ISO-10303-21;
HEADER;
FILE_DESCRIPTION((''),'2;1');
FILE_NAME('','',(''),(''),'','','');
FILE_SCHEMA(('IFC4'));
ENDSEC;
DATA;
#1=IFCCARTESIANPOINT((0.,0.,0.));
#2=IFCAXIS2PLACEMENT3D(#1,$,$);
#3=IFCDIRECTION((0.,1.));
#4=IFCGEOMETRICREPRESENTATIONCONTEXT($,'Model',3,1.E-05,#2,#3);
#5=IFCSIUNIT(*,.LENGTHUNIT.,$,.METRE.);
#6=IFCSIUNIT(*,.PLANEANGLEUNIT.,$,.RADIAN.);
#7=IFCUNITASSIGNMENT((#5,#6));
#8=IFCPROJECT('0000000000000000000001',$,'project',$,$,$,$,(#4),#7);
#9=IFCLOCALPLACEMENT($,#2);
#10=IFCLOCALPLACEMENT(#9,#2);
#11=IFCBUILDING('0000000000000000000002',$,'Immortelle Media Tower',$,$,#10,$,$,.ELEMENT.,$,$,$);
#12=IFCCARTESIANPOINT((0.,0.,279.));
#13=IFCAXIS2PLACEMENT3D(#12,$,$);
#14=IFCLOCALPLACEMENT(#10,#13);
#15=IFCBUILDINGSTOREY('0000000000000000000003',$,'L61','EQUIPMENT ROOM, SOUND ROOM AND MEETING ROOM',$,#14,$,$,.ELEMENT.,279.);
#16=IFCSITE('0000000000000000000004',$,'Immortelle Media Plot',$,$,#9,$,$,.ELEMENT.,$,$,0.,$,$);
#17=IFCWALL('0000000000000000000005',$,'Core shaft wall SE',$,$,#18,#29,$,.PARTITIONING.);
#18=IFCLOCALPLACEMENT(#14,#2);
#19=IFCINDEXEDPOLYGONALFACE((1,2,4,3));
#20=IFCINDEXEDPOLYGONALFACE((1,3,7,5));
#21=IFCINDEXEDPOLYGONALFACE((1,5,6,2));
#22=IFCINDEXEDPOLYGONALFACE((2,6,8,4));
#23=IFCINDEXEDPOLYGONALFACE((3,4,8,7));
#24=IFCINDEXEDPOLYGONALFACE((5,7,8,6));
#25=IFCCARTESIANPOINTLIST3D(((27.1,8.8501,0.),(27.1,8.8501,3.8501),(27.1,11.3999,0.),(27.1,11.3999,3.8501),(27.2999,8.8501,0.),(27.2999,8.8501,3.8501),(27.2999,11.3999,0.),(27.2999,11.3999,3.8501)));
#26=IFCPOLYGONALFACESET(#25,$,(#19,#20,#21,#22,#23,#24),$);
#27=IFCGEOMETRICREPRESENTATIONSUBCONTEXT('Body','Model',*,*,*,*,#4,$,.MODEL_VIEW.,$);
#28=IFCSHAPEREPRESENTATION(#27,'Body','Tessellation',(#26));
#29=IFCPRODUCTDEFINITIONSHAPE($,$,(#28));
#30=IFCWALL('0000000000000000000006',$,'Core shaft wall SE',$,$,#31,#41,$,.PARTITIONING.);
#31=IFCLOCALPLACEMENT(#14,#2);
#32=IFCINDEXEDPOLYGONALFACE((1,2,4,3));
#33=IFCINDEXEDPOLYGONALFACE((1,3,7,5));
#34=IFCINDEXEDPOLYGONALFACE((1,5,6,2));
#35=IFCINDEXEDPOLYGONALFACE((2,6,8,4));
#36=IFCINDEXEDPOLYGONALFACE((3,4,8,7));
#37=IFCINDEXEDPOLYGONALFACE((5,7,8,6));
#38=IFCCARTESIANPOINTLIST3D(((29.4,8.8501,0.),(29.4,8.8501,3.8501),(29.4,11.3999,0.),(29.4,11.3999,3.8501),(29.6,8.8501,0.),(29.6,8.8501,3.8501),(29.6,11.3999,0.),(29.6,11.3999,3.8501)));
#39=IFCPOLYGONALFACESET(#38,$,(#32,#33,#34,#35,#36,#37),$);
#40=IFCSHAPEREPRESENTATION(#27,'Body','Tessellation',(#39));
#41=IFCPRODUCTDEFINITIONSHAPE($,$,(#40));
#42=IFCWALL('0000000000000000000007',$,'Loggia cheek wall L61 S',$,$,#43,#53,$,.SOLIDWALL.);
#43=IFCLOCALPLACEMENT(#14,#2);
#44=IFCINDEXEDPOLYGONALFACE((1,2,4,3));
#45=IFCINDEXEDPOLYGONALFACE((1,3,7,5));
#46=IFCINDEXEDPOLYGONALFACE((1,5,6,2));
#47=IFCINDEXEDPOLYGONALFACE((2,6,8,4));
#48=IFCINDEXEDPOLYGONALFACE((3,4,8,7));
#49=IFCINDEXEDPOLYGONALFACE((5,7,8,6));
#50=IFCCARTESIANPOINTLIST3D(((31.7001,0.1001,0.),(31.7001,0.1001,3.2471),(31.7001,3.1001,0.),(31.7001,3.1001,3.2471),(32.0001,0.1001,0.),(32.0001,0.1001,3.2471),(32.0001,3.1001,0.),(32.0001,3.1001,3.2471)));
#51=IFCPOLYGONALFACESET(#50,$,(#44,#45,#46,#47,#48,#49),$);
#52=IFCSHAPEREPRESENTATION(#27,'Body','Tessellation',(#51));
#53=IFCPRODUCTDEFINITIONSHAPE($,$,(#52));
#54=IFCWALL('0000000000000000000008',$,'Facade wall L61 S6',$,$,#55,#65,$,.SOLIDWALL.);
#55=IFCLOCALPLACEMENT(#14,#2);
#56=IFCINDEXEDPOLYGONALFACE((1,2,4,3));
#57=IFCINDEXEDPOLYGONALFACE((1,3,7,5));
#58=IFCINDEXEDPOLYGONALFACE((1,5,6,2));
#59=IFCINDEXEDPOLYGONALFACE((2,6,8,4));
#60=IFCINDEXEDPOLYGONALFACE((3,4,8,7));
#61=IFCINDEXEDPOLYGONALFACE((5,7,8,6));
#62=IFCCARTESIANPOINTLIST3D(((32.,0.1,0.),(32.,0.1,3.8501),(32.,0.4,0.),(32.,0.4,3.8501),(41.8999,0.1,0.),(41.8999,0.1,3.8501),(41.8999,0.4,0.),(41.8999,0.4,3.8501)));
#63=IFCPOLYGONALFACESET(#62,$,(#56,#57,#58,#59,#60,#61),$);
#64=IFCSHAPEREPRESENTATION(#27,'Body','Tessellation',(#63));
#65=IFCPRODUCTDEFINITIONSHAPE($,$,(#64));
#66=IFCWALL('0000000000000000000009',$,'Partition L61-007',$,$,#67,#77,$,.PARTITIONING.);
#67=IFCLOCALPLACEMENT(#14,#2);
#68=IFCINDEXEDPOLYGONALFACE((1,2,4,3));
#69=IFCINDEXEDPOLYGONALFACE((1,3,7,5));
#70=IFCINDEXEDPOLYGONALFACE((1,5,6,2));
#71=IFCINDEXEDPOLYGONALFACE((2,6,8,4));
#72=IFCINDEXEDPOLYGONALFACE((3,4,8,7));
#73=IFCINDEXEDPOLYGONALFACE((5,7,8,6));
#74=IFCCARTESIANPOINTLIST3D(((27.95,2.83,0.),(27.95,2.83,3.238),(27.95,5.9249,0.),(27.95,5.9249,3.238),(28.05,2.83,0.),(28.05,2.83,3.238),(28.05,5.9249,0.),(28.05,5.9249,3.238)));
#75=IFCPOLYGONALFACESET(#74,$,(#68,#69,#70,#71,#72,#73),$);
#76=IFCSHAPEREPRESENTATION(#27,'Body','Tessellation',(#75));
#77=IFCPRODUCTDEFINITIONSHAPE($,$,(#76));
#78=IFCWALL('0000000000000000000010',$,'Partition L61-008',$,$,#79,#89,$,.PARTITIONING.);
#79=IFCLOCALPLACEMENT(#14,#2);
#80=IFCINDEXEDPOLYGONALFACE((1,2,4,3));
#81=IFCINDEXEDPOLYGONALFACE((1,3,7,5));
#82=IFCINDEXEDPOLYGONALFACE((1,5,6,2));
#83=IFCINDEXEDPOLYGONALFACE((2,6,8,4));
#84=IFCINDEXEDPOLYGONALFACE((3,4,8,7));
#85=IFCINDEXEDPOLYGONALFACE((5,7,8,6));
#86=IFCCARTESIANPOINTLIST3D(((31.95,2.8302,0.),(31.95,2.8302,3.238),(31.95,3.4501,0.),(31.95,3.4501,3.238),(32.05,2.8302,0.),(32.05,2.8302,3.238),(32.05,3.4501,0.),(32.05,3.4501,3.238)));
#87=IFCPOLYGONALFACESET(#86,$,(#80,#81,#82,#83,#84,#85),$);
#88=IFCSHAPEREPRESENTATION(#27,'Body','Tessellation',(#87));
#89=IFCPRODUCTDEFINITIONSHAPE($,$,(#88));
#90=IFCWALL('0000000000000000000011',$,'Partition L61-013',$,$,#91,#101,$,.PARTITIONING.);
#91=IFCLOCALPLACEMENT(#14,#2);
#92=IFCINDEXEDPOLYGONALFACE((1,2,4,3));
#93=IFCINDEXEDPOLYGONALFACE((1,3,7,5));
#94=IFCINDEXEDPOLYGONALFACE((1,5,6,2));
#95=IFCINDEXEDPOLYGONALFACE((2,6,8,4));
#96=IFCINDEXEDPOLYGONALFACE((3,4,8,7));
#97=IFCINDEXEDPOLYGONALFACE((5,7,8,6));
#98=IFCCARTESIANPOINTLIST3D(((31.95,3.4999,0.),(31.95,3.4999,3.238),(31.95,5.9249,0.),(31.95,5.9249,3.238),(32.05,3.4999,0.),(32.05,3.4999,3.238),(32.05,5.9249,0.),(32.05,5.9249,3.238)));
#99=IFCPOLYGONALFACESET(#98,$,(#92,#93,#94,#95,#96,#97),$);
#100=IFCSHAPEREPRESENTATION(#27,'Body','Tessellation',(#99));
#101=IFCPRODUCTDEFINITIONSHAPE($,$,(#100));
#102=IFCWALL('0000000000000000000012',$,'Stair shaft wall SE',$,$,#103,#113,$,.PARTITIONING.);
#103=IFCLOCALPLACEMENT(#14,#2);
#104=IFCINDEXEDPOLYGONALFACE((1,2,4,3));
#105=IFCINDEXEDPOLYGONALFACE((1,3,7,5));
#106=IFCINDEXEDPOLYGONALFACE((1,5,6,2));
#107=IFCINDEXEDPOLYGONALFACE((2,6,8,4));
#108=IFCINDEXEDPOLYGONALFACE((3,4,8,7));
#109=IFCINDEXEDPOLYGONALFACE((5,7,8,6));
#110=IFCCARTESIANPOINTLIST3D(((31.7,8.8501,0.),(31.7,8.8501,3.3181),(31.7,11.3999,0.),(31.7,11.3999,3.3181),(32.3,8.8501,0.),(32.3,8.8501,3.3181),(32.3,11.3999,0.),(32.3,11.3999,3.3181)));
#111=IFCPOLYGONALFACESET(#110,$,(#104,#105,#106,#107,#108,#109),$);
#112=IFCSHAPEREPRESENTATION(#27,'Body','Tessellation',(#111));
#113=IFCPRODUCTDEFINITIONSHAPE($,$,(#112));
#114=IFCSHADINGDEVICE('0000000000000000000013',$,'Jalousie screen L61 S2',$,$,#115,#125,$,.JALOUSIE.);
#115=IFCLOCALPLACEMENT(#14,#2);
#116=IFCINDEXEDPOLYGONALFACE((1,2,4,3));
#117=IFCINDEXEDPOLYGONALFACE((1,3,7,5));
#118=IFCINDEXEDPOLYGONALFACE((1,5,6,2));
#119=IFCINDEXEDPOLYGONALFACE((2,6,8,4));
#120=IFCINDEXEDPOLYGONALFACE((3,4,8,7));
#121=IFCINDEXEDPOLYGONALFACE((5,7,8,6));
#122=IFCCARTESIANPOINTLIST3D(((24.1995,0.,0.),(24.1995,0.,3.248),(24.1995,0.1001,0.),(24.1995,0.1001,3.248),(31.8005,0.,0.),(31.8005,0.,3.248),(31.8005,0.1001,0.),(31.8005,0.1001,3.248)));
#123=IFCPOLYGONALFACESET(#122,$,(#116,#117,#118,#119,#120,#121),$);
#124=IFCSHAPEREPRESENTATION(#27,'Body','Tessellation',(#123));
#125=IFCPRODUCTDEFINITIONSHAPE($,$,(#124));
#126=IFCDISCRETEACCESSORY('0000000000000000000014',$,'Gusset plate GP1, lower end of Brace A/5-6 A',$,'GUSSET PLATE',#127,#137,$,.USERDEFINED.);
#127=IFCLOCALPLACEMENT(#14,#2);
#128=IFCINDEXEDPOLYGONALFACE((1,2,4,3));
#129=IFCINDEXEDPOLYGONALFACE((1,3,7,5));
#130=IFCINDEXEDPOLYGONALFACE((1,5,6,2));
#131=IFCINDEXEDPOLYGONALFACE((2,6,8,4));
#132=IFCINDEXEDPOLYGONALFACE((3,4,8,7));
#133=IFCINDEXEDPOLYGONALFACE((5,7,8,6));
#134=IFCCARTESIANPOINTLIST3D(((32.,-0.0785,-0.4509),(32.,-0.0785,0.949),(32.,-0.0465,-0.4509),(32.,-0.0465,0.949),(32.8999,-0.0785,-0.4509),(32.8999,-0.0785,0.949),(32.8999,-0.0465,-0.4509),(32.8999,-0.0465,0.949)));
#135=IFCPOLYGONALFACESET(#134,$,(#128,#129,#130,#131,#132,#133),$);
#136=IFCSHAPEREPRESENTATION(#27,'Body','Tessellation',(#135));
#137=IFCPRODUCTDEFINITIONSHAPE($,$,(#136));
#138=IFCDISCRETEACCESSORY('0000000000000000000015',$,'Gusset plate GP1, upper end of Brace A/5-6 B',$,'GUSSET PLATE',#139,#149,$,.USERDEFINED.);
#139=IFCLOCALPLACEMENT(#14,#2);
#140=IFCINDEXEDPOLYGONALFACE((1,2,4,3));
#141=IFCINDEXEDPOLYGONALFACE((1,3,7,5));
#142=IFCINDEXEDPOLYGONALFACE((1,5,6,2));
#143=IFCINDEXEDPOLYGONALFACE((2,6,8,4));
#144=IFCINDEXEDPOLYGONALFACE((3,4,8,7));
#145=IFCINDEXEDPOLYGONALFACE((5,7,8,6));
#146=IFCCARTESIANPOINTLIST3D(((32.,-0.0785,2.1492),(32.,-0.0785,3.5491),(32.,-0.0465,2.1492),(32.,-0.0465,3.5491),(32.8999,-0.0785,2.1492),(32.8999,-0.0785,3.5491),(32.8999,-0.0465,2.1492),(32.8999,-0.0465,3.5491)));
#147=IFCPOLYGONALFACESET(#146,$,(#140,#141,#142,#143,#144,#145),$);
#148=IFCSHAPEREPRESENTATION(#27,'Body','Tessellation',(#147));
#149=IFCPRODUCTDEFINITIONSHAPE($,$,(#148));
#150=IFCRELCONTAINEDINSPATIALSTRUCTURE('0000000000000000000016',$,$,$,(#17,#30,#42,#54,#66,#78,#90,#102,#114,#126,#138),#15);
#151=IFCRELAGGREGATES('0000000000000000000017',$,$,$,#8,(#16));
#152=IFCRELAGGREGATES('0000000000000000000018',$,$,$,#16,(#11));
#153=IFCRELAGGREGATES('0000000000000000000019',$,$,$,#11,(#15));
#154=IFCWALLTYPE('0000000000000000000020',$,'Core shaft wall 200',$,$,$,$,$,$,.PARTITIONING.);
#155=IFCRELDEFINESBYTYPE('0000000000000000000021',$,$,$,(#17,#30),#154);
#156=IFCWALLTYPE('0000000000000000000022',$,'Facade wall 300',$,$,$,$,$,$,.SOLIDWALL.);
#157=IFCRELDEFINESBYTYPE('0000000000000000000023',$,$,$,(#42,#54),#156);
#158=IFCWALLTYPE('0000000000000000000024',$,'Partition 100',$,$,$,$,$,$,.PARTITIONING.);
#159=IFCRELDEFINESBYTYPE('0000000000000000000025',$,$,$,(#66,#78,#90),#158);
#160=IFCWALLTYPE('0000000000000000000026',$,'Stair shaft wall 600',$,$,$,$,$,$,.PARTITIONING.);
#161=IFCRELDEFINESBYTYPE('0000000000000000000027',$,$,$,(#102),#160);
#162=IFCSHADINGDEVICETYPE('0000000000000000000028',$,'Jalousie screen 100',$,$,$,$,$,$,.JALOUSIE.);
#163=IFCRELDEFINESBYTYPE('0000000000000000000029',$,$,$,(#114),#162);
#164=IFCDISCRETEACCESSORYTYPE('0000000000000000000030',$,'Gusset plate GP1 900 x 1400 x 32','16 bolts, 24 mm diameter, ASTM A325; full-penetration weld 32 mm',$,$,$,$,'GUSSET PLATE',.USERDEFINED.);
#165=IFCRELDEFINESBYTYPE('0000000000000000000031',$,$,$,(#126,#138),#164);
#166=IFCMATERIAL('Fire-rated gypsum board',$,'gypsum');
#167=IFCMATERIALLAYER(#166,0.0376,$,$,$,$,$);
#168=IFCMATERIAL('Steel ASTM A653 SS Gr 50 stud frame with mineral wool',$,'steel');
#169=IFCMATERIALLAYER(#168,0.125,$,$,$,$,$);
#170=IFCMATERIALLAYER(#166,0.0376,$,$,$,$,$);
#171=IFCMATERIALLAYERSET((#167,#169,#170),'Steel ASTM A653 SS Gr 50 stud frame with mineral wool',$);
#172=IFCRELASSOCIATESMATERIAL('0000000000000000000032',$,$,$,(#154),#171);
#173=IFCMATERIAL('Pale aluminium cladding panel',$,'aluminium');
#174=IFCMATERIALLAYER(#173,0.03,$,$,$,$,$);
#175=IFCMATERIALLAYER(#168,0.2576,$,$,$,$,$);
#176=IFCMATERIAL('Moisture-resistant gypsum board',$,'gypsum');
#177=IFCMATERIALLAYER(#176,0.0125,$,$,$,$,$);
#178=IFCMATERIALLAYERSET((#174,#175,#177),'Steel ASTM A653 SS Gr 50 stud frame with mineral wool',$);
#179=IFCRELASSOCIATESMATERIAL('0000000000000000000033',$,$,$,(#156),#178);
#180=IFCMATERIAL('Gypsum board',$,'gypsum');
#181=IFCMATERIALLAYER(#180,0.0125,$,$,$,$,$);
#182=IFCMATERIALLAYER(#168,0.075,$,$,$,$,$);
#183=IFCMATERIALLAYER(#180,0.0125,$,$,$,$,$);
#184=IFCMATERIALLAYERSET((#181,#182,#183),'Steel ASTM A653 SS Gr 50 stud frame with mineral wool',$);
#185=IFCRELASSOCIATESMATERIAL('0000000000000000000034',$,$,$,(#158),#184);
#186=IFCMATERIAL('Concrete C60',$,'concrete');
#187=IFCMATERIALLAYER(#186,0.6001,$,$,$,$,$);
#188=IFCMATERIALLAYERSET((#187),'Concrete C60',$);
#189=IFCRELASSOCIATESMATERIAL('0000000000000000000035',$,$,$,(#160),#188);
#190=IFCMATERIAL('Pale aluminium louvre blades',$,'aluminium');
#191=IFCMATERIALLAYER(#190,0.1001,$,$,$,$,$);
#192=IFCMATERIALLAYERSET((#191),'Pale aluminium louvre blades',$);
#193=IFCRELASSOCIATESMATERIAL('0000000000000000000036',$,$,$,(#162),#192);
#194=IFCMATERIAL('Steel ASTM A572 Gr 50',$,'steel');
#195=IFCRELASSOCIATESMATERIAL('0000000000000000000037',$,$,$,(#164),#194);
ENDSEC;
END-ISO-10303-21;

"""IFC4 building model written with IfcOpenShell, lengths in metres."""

from ifc_helpers import new_model, si_unit, direction, frame, frame_2d, origin, origin_2d, place, context, subcontext, project, spatial, rectangle, extrude, material, layer, layer_set, material_profile, profile_set, type_object, element, save


model = new_model("IFC4")

# Units and contexts
model_context = context("Model", 3, precision=1e-05, world=origin(), true_north=direction((0.0, 1.0)))
body_context = subcontext(model_context, "Body", "Model", "MODEL_VIEW")
ifc_project = project(units=[si_unit("LENGTHUNIT", "METRE"), si_unit("PLANEANGLEUNIT", "RADIAN")], contexts=[model_context])

# Site, building, storey
site_placement = place(None, origin())
site = spatial("IfcSite", under=ifc_project, at=site_placement, Name="Immortelle Media Plot", CompositionType="ELEMENT", RefElevation=0.0)
building_placement = place(site_placement, origin())
building = spatial("IfcBuilding", under=site, at=building_placement, Name="Immortelle Media Tower", CompositionType="ELEMENT")
storey_placement = place(building_placement, frame((0.0, 0.0, 279.0)))
storey = spatial("IfcBuildingStorey", under=building, at=storey_placement, Name="L61", Description="EQUIPMENT ROOM, SOUND ROOM AND MEETING ROOM", CompositionType="ELEMENT", Elevation=279.0)

# Walls
ifc_material_1 = material(Name="Fire-rated gypsum board", Category="gypsum")
ifc_layer_1 = layer(ifc_material_1, 0.0376)
ifc_material_2 = material(Name="Steel ASTM A653 SS Gr 50 stud frame with mineral wool", Category="steel")
ifc_layer_2 = layer(ifc_material_2, 0.125)
ifc_layer_3 = layer(ifc_material_1, 0.0376)
ifc_layer_set_1 = layer_set([ifc_layer_1, ifc_layer_2, ifc_layer_3], Name="Steel ASTM A653 SS Gr 50 stud frame with mineral wool")
wall_type_1 = type_object("IfcWallType", Name="Core shaft wall 200", PredefinedType="PARTITIONING", material=ifc_layer_set_1)
for number, where, z_axis, x_axis, name in (
    (1, (27.2, 8.8501, 0.0), (0.0, 0.0, 1.0), (0.0, 1.0, 0.0), "Core shaft wall SE"),
    (2, (29.5, 8.8501, 0.0), (0.0, 0.0, 1.0), (0.0, 1.0, 0.0), "Core shaft wall SE"),
):
    element("IfcWall", number, at=place(storey_placement, frame(where, z_axis=z_axis, x_axis=x_axis)), inside=storey, type_object=wall_type_1, Name=name, PredefinedType="PARTITIONING", context=body_context, shape_type="SweptSolid", body=[
        extrude(rectangle(XDim=2.5498, YDim=0.2, at=frame_2d((1.2749, 0.0))), origin(), (0.0, 0.0, 1.0), 3.8501),
    ])
ifc_material_3 = material(Name="Pale aluminium cladding panel", Category="aluminium")
ifc_layer_4 = layer(ifc_material_3, 0.03)
ifc_layer_5 = layer(ifc_material_2, 0.2576)
ifc_material_4 = material(Name="Moisture-resistant gypsum board", Category="gypsum")
ifc_layer_6 = layer(ifc_material_4, 0.0125)
ifc_layer_set_2 = layer_set([ifc_layer_4, ifc_layer_5, ifc_layer_6], Name="Steel ASTM A653 SS Gr 50 stud frame with mineral wool")
wall_type_2 = type_object("IfcWallType", Name="Facade wall 300", PredefinedType="SOLIDWALL", material=ifc_layer_set_2)
wall_1_placement = place(storey_placement, frame((31.8501, 0.1001, 0.0), z_axis=(0.0, 0.0, 1.0), x_axis=(0.0, 1.0, 0.0)))
element("IfcWall", 3, at=wall_1_placement, inside=storey, type_object=wall_type_2, Name="Loggia cheek wall L61 S", PredefinedType="SOLIDWALL", context=body_context, shape_type="SweptSolid", body=[
    extrude(rectangle(XDim=3.0, YDim=0.3, at=frame_2d((1.5, 0.0))), origin(), (0.0, 0.0, 1.0), 3.2471),
])
wall_2_placement = place(storey_placement, frame((32.0, 0.25, 0.0), z_axis=(0.0, 0.0, 1.0), x_axis=(1.0, 0.0, 0.0)))
element("IfcWall", 4, at=wall_2_placement, inside=storey, type_object=wall_type_2, Name="Facade wall L61 S6", PredefinedType="SOLIDWALL", context=body_context, shape_type="SweptSolid", body=[
    extrude(rectangle(XDim=9.8999, YDim=0.3, at=frame_2d((4.95, 0.0))), origin(), (0.0, 0.0, 1.0), 3.8501),
])
ifc_material_5 = material(Name="Gypsum board", Category="gypsum")
ifc_layer_7 = layer(ifc_material_5, 0.0125)
ifc_layer_8 = layer(ifc_material_2, 0.075)
ifc_layer_9 = layer(ifc_material_5, 0.0125)
ifc_layer_set_3 = layer_set([ifc_layer_7, ifc_layer_8, ifc_layer_9], Name="Steel ASTM A653 SS Gr 50 stud frame with mineral wool")
wall_type_3 = type_object("IfcWallType", Name="Partition 100", PredefinedType="PARTITIONING", material=ifc_layer_set_3)
wall_3_placement = place(storey_placement, frame((28.0, 2.8301, 0.0), z_axis=(0.0, 0.0, 1.0), x_axis=(0.0, 1.0, 0.0)))
element("IfcWall", 5, at=wall_3_placement, inside=storey, type_object=wall_type_3, Name="Partition L61-007", PredefinedType="PARTITIONING", context=body_context, shape_type="SweptSolid", body=[
    extrude(rectangle(XDim=3.095, YDim=0.1001, at=frame_2d((1.5474, 0.0))), origin(), (0.0, 0.0, 1.0), 3.238),
])
wall_4_placement = place(storey_placement, frame((32.0, 2.8301, 0.0), z_axis=(0.0, 0.0, 1.0), x_axis=(0.0, 1.0, 0.0)))
element("IfcWall", 6, at=wall_4_placement, inside=storey, type_object=wall_type_3, Name="Partition L61-008", PredefinedType="PARTITIONING", context=body_context, shape_type="SweptSolid", body=[
    extrude(rectangle(XDim=0.6199, YDim=0.1001, at=frame_2d((0.3101, 0.0))), origin(), (0.0, 0.0, 1.0), 3.238),
])
wall_5_placement = place(storey_placement, frame((32.0, 3.5, 0.0), z_axis=(0.0, 0.0, 1.0), x_axis=(0.0, 1.0, 0.0)))
element("IfcWall", 7, at=wall_5_placement, inside=storey, type_object=wall_type_3, Name="Partition L61-013", PredefinedType="PARTITIONING", context=body_context, shape_type="SweptSolid", body=[
    extrude(rectangle(XDim=2.425, YDim=0.1001, at=frame_2d((1.2124, 0.0))), origin(), (0.0, 0.0, 1.0), 3.238),
])
ifc_material_6 = material(Name="Concrete C60", Category="concrete")
ifc_layer_10 = layer(ifc_material_6, 0.6001)
ifc_layer_set_4 = layer_set([ifc_layer_10], Name="Concrete C60")
wall_type_4 = type_object("IfcWallType", Name="Stair shaft wall 600", PredefinedType="PARTITIONING", material=ifc_layer_set_4)
wall_6_placement = place(storey_placement, frame((32.0, 8.8501, 0.0), z_axis=(0.0, 0.0, 1.0), x_axis=(0.0, 1.0, 0.0)))
element("IfcWall", 8, at=wall_6_placement, inside=storey, type_object=wall_type_4, Name="Stair shaft wall SE", PredefinedType="PARTITIONING", context=body_context, shape_type="SweptSolid", body=[
    extrude(rectangle(XDim=2.5498, YDim=0.6001, at=frame_2d((1.2749, 0.0))), origin(), (0.0, 0.0, 1.0), 3.3181),
])

# Shading device
ifc_material_7 = material(Name="Pale aluminium louvre blades", Category="aluminium")
ifc_layer_11 = layer(ifc_material_7, 0.1001)
ifc_layer_set_5 = layer_set([ifc_layer_11], Name="Pale aluminium louvre blades")
shading_device_type = type_object("IfcShadingDeviceType", Name="Jalousie screen 100", PredefinedType="JALOUSIE", material=ifc_layer_set_5)
shading_device_placement = place(storey_placement, frame((28.0, 0.05, 0.0), z_axis=(0.0, 0.0, 1.0), x_axis=(1.0, 0.0, 0.0)))
element("IfcShadingDevice", 9, at=shading_device_placement, inside=storey, type_object=shading_device_type, Name="Jalousie screen L61 S2", PredefinedType="JALOUSIE", context=body_context, shape_type="SweptSolid", body=[
    extrude(rectangle(XDim=7.6011, YDim=0.1001, at=origin_2d()), origin(), (0.0, 0.0, 1.0), 3.248),
])

# Discrete accessories
ifc_material_8 = material(Name="Steel ASTM A572 Gr 50", Category="steel")
ifc_material_profile_1 = material_profile(ifc_material_8, rectangle(XDim=0.032, YDim=1.3999, at=origin_2d()), Name="PL 32 x 1400")
ifc_profile_set_1 = profile_set([ifc_material_profile_1], Name="Steel ASTM A572 Gr 50")
discrete_accessory_type = type_object("IfcDiscreteAccessoryType", Name="Gusset plate GP1 900 x 1400 x 32", Description="16 bolts, 24 mm diameter, ASTM A325; full-penetration weld 32 mm", ElementType="GUSSET PLATE", PredefinedType="USERDEFINED", material=ifc_profile_set_1)
for number, where, z_axis, x_axis, name in (
    (10, (32.0, -0.0625, 0.249), (1.0, 0.0, 0.0), (0.0, 1.0, 0.0), "Gusset plate GP1, lower end of Brace A/5-6 A"),
    (11, (32.0, -0.0625, 2.8491), (1.0, 0.0, 0.0), (0.0, 1.0, 0.0), "Gusset plate GP1, upper end of Brace A/5-6 B"),
):
    element("IfcDiscreteAccessory", number, at=place(storey_placement, frame(where, z_axis=z_axis, x_axis=x_axis)), inside=storey, type_object=discrete_accessory_type, Name=name, ObjectType="GUSSET PLATE", PredefinedType="USERDEFINED", context=body_context, shape_type="SweptSolid", body=[
        extrude(rectangle(XDim=0.032, YDim=1.3999, at=origin_2d()), origin(), (0.0, 0.0, 1.0), 0.8999),
    ])

save(model, "model.ifc")
